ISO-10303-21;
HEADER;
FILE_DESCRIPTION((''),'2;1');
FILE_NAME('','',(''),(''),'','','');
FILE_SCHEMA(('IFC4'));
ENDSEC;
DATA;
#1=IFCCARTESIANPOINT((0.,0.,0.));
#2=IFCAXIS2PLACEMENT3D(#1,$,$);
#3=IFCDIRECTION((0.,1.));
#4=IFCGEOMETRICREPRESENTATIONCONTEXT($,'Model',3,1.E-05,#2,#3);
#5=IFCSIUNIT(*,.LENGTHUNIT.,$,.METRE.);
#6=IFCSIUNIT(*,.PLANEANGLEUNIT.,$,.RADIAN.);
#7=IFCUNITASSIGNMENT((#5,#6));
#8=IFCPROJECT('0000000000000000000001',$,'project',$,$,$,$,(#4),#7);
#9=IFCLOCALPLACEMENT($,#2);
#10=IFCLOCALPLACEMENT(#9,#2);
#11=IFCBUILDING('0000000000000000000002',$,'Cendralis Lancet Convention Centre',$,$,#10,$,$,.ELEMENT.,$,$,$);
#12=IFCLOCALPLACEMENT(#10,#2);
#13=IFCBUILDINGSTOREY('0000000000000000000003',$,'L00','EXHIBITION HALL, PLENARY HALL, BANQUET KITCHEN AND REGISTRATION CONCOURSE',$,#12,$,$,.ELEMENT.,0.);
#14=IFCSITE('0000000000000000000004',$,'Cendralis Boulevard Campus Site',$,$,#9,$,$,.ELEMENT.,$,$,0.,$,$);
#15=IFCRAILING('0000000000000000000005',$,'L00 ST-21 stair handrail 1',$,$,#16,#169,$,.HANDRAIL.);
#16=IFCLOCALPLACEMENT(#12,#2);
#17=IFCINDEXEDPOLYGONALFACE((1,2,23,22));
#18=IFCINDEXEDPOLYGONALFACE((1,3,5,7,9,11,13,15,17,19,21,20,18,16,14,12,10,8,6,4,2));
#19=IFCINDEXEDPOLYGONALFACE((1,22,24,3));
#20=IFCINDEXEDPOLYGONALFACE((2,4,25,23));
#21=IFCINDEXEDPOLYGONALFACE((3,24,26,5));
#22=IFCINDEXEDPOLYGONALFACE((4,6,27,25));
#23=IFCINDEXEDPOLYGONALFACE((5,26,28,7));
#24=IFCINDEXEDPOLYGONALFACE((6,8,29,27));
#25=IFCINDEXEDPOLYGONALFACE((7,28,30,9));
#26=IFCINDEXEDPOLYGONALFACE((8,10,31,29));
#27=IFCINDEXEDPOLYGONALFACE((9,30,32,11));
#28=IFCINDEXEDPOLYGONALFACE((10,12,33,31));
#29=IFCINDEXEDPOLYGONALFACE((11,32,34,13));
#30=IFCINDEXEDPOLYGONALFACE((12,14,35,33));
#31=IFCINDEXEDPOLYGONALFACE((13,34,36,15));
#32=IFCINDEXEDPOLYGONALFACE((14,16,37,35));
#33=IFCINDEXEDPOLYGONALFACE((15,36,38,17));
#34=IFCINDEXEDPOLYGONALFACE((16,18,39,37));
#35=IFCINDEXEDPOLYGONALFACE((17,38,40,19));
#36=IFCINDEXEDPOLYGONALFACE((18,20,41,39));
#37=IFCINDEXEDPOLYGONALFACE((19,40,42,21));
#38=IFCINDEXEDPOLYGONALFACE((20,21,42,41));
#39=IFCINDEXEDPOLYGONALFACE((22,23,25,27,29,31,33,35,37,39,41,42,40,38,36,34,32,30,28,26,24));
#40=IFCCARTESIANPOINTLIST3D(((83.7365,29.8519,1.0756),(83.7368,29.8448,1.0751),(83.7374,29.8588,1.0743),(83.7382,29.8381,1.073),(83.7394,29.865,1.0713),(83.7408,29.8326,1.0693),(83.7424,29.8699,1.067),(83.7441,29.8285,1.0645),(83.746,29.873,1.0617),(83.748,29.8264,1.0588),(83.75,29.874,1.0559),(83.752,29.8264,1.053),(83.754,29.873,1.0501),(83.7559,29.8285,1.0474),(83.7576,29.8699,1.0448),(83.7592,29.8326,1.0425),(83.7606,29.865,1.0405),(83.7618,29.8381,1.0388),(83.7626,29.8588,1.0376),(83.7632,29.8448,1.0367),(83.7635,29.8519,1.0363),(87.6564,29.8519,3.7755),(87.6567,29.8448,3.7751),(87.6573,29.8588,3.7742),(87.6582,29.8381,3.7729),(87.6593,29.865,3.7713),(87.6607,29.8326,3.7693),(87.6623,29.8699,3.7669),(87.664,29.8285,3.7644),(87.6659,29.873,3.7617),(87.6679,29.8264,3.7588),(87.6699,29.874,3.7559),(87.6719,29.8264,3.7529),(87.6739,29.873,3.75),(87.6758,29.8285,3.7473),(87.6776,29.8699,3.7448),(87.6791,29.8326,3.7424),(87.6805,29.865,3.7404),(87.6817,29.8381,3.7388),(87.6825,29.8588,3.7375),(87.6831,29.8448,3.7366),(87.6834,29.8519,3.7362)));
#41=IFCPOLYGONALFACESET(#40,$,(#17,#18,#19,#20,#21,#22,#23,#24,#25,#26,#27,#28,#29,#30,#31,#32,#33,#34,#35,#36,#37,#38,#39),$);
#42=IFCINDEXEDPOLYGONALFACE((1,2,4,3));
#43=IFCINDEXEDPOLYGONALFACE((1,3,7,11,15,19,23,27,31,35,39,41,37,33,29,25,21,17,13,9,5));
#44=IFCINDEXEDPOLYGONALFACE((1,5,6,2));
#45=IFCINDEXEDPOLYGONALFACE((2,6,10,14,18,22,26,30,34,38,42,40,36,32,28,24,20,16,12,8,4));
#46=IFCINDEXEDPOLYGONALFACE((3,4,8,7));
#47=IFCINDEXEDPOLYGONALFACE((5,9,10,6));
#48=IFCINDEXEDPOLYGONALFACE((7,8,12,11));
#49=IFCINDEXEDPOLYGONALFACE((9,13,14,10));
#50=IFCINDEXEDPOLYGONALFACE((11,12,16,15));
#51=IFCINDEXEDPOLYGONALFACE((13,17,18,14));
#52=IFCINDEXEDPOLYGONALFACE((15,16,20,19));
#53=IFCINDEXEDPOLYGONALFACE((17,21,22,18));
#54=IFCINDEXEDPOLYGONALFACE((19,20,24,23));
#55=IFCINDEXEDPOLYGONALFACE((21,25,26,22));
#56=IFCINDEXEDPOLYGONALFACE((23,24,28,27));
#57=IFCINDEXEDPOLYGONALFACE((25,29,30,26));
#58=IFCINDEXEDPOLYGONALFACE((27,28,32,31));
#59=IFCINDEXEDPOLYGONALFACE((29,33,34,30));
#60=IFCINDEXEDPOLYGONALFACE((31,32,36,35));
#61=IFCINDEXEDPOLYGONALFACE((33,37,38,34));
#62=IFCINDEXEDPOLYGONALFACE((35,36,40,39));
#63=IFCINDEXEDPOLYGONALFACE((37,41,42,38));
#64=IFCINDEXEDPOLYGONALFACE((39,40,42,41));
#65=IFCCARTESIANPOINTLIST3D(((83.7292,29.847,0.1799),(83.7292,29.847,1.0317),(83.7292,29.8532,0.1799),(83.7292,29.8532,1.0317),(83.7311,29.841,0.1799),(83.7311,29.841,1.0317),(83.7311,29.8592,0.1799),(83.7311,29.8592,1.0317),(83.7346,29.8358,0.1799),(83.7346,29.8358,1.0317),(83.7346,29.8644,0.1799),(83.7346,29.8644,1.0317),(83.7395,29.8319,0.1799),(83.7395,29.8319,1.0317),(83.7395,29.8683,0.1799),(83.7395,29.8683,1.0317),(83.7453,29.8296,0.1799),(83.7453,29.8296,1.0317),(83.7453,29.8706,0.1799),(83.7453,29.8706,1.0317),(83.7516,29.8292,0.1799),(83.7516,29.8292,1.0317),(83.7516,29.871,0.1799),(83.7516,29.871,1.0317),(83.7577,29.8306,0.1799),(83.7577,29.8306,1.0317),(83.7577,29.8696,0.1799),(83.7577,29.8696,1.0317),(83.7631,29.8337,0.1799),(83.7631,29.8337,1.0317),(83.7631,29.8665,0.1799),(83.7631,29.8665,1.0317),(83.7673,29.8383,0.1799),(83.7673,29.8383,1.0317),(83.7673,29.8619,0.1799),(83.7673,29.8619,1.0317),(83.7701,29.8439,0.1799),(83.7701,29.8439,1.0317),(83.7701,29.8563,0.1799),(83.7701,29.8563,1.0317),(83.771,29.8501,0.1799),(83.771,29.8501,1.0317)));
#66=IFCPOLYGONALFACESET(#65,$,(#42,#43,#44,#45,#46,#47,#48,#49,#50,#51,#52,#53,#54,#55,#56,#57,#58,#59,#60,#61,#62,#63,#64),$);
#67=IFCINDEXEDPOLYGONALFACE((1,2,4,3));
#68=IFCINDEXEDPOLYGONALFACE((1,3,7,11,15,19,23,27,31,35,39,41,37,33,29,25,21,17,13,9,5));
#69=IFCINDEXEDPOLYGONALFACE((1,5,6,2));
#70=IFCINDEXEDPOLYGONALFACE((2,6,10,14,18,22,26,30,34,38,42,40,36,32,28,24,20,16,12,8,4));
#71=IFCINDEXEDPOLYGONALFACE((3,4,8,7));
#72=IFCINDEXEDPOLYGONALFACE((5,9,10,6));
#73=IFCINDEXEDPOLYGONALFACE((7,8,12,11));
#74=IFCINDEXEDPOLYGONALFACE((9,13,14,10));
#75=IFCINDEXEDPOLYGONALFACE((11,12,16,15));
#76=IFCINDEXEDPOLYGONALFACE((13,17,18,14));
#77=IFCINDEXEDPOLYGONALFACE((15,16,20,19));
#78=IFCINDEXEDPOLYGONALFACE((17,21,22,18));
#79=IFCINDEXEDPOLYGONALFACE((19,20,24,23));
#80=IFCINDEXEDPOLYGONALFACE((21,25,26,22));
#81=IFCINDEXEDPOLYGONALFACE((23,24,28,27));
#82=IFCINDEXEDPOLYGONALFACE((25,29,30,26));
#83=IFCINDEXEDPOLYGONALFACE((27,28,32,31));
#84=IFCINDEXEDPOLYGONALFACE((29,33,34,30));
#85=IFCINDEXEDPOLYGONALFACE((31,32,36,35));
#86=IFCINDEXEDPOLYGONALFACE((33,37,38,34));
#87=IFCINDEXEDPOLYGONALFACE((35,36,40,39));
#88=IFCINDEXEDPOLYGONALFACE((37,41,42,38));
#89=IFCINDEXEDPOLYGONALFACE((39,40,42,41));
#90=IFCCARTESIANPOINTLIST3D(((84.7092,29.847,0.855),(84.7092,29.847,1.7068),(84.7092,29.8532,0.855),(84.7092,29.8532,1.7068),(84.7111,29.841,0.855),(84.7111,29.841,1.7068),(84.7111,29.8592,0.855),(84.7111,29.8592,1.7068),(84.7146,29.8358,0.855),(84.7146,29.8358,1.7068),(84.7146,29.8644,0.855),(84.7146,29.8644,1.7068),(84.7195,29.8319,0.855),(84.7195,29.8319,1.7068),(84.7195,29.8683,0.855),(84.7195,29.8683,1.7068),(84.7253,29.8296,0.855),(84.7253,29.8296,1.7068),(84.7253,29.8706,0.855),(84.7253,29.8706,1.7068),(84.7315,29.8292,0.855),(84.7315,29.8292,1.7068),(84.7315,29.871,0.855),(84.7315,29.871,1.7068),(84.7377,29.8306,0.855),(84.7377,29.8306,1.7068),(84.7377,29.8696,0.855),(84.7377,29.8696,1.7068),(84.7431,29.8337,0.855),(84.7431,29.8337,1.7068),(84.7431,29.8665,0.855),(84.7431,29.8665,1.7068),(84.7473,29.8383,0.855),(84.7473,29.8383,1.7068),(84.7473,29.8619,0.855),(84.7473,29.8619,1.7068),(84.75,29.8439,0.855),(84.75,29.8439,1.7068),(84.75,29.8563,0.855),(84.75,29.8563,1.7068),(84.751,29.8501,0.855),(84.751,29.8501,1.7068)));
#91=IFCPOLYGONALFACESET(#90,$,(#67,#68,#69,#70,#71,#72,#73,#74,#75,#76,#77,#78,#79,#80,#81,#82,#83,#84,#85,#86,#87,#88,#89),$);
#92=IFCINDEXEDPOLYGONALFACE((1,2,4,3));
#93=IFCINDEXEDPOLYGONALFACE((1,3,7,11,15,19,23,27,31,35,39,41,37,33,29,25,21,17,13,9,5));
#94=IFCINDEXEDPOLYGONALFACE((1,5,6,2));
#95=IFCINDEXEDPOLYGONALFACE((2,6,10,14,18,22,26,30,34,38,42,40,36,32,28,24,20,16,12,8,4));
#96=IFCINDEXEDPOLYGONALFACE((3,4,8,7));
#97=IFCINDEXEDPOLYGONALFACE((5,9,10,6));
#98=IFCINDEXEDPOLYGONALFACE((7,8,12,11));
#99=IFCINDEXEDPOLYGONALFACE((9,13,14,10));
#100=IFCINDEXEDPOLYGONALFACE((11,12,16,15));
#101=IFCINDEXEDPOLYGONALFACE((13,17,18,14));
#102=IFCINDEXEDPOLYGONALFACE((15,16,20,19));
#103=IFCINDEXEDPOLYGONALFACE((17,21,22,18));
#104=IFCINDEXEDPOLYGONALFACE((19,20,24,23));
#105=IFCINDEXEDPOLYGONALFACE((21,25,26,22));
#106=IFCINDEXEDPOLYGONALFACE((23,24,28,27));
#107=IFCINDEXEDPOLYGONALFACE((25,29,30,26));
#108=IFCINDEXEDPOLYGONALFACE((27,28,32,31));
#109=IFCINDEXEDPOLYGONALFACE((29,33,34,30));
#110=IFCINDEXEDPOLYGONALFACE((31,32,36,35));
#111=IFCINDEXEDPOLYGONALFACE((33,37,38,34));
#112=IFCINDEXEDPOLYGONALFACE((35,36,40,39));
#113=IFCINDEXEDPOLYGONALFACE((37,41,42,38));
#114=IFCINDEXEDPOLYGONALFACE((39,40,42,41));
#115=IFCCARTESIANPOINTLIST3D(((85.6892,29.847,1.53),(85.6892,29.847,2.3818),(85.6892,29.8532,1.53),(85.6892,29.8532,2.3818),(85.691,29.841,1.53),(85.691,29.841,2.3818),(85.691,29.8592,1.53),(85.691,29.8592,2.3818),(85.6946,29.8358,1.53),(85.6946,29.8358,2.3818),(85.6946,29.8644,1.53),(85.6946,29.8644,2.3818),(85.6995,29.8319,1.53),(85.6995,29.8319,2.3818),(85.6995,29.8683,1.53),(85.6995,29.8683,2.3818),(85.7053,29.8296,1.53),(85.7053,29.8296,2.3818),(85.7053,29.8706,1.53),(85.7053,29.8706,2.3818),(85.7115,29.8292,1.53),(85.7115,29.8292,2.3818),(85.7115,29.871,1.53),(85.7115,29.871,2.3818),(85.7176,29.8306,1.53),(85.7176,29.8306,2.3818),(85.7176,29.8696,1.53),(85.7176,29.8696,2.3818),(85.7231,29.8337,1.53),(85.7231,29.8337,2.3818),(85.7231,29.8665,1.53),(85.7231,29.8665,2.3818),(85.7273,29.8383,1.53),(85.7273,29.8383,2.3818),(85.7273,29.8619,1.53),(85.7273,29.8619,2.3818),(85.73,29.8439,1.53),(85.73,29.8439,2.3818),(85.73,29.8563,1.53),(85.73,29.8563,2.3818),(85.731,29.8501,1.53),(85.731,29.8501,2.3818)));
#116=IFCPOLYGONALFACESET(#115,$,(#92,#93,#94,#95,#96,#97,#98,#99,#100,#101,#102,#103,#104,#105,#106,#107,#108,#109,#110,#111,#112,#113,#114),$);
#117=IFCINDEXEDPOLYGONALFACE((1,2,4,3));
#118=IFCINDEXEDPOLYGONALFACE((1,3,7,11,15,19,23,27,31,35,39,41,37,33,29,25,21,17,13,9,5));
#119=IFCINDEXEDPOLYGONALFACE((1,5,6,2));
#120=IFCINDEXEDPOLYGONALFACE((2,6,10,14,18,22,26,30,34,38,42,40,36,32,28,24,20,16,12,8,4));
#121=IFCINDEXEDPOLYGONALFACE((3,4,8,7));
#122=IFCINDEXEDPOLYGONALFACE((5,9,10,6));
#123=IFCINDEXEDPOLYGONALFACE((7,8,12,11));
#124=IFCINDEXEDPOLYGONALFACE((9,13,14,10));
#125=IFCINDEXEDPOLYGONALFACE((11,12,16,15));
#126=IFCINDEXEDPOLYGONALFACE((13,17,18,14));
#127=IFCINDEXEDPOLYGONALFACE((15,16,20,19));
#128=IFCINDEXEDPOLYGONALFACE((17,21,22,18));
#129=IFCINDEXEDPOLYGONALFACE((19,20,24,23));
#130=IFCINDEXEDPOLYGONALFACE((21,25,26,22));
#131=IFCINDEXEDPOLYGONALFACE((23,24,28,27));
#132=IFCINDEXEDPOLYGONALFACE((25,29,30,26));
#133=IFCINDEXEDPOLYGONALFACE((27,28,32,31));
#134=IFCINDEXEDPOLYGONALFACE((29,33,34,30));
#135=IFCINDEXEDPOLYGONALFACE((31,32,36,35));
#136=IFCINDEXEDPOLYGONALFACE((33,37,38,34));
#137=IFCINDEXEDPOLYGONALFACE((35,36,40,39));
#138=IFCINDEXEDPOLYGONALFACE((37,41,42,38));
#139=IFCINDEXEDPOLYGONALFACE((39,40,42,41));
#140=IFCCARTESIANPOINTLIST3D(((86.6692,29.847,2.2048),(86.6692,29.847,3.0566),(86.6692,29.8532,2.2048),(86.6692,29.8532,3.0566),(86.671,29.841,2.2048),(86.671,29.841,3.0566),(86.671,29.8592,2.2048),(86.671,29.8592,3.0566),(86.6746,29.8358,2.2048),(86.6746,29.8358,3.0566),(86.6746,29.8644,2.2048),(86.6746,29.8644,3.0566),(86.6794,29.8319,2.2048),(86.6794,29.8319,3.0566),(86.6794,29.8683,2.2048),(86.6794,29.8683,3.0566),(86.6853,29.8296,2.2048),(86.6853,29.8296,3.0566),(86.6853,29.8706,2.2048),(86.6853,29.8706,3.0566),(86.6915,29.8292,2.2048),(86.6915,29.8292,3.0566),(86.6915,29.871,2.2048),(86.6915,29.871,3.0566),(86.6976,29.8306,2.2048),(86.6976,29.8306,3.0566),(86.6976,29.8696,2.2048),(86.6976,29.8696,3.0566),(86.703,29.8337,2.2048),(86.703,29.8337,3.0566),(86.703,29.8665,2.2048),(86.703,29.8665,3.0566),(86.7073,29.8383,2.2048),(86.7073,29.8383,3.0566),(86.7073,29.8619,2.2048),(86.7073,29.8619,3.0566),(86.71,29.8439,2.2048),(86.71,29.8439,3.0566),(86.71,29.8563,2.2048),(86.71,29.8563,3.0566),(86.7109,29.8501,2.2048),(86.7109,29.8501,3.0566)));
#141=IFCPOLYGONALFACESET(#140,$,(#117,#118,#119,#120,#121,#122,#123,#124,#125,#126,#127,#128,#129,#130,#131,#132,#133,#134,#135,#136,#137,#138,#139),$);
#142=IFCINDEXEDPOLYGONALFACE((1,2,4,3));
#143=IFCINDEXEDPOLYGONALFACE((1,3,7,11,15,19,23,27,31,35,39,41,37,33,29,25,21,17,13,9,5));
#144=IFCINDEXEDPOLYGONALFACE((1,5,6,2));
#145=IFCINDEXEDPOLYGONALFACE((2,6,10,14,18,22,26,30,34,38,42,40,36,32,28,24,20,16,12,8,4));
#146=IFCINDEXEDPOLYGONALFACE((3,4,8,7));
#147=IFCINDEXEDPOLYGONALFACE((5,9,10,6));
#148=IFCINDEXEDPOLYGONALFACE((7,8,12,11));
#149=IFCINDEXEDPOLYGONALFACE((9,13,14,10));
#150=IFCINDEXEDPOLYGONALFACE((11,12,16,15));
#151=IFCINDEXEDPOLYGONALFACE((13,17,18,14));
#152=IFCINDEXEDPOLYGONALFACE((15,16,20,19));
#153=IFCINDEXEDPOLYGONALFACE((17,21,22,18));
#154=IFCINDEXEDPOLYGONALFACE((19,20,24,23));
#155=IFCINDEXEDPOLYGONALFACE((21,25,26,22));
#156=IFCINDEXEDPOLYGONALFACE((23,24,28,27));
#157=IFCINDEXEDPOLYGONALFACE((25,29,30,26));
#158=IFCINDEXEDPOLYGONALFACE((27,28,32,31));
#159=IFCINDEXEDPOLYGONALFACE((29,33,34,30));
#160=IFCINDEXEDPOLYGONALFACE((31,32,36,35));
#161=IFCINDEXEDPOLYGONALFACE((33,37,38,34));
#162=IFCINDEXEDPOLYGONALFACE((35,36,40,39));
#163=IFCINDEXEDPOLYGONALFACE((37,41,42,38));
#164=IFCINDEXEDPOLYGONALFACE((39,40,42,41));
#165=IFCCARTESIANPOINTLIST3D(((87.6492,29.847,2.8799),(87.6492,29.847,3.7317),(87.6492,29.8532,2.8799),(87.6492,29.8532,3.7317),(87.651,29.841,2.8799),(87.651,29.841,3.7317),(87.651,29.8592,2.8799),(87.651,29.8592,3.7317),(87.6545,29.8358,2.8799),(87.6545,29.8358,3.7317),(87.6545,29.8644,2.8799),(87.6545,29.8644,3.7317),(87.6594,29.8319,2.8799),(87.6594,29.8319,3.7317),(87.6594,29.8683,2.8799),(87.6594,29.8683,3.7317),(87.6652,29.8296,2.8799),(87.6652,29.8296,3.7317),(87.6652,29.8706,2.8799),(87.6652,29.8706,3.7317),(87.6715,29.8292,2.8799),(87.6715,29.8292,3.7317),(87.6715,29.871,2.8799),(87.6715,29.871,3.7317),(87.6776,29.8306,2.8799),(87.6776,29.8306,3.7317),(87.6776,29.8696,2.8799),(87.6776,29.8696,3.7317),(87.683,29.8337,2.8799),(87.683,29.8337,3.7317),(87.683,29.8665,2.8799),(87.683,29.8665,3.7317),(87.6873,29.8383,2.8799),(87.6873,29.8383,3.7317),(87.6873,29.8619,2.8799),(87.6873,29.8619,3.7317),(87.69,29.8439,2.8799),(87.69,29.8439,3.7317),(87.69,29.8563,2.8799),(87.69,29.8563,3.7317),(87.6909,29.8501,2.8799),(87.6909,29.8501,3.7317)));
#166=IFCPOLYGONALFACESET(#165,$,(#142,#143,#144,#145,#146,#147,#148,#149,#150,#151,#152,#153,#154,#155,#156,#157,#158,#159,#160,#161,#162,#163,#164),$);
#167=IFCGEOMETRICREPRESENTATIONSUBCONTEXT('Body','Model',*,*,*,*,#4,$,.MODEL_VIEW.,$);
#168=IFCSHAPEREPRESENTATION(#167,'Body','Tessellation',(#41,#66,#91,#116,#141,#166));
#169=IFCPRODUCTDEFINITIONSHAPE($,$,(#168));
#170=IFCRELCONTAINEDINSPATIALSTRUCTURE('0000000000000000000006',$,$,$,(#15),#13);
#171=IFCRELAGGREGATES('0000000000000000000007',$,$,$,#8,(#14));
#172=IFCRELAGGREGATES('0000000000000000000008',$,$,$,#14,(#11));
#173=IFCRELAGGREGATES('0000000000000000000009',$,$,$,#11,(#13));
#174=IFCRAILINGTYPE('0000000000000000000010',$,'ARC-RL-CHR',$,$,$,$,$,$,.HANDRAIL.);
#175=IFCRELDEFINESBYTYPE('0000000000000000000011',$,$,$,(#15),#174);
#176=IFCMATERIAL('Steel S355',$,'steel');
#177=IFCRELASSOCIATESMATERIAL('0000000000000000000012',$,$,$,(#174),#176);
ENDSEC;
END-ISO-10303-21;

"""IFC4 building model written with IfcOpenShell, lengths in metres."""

from ifc_helpers import new_model, si_unit, direction, frame, origin, origin_2d, place, context, subcontext, project, spatial, circle, extrude, material, type_object, element, save


model = new_model("IFC4")

# Units and contexts
model_context = context("Model", 3, precision=1e-05, world=origin(), true_north=direction((0.0, 1.0)))
body_context = subcontext(model_context, "Body", "Model", "MODEL_VIEW")
ifc_project = project(units=[si_unit("LENGTHUNIT", "METRE"), si_unit("PLANEANGLEUNIT", "RADIAN")], contexts=[model_context])

# Site, building, storey
site_placement = place(None, origin())
site = spatial("IfcSite", under=ifc_project, at=site_placement, Name="Cendralis Boulevard Campus Site", CompositionType="ELEMENT", RefElevation=0.0)
building_placement = place(site_placement, origin())
building = spatial("IfcBuilding", under=site, at=building_placement, Name="Cendralis Lancet Convention Centre", CompositionType="ELEMENT")
storey_placement = place(building_placement, origin())
storey = spatial("IfcBuildingStorey", under=building, at=storey_placement, Name="L00", Description="EXHIBITION HALL, PLENARY HALL, BANQUET KITCHEN AND REGISTRATION CONCOURSE", CompositionType="ELEMENT", Elevation=0.0)

# Shared definitions
ifc_material_1 = material(Name="Steel S355", Category="steel")

# Railing
railing_type_1 = type_object("IfcRailingType", Name="ARC-RL-CHR", PredefinedType="HANDRAIL", material=ifc_material_1)
railing_1_placement = place(storey_placement, frame((83.75, 29.8501, 0.1799)))
element("IfcRailing", 1, at=railing_1_placement, inside=storey, type_object=railing_type_1, Name="L00 ST-21 stair handrail 1", PredefinedType="HANDRAIL", context=body_context, shape_type="SweptSolid", body=[
    extrude(circle(Radius=0.0239, at=origin_2d()), frame((0.0, 0.0, 0.876), z_axis=(0.823551, 0.0, 0.567243), x_axis=(0.0, 1.0, 0.0)), (0.0, 0.0, 1.0), 4.7598),
    extrude(circle(Radius=0.021, at=origin_2d()), origin(), (0.0, 0.0, 1.0), 0.8518),
    extrude(circle(Radius=0.021, at=origin_2d()), frame((0.98, 0.0, 0.675)), (0.0, 0.0, 1.0), 0.8518),
    extrude(circle(Radius=0.021, at=origin_2d()), frame((1.96, 0.0, 1.3501)), (0.0, 0.0, 1.0), 0.8518),
    extrude(circle(Radius=0.021, at=origin_2d()), frame((2.9399, 0.0, 2.0249)), (0.0, 0.0, 1.0), 0.8518),
    extrude(circle(Radius=0.021, at=origin_2d()), frame((3.9199, 0.0, 2.7)), (0.0, 0.0, 1.0), 0.8518),
])

save(model, "model.ifc")
